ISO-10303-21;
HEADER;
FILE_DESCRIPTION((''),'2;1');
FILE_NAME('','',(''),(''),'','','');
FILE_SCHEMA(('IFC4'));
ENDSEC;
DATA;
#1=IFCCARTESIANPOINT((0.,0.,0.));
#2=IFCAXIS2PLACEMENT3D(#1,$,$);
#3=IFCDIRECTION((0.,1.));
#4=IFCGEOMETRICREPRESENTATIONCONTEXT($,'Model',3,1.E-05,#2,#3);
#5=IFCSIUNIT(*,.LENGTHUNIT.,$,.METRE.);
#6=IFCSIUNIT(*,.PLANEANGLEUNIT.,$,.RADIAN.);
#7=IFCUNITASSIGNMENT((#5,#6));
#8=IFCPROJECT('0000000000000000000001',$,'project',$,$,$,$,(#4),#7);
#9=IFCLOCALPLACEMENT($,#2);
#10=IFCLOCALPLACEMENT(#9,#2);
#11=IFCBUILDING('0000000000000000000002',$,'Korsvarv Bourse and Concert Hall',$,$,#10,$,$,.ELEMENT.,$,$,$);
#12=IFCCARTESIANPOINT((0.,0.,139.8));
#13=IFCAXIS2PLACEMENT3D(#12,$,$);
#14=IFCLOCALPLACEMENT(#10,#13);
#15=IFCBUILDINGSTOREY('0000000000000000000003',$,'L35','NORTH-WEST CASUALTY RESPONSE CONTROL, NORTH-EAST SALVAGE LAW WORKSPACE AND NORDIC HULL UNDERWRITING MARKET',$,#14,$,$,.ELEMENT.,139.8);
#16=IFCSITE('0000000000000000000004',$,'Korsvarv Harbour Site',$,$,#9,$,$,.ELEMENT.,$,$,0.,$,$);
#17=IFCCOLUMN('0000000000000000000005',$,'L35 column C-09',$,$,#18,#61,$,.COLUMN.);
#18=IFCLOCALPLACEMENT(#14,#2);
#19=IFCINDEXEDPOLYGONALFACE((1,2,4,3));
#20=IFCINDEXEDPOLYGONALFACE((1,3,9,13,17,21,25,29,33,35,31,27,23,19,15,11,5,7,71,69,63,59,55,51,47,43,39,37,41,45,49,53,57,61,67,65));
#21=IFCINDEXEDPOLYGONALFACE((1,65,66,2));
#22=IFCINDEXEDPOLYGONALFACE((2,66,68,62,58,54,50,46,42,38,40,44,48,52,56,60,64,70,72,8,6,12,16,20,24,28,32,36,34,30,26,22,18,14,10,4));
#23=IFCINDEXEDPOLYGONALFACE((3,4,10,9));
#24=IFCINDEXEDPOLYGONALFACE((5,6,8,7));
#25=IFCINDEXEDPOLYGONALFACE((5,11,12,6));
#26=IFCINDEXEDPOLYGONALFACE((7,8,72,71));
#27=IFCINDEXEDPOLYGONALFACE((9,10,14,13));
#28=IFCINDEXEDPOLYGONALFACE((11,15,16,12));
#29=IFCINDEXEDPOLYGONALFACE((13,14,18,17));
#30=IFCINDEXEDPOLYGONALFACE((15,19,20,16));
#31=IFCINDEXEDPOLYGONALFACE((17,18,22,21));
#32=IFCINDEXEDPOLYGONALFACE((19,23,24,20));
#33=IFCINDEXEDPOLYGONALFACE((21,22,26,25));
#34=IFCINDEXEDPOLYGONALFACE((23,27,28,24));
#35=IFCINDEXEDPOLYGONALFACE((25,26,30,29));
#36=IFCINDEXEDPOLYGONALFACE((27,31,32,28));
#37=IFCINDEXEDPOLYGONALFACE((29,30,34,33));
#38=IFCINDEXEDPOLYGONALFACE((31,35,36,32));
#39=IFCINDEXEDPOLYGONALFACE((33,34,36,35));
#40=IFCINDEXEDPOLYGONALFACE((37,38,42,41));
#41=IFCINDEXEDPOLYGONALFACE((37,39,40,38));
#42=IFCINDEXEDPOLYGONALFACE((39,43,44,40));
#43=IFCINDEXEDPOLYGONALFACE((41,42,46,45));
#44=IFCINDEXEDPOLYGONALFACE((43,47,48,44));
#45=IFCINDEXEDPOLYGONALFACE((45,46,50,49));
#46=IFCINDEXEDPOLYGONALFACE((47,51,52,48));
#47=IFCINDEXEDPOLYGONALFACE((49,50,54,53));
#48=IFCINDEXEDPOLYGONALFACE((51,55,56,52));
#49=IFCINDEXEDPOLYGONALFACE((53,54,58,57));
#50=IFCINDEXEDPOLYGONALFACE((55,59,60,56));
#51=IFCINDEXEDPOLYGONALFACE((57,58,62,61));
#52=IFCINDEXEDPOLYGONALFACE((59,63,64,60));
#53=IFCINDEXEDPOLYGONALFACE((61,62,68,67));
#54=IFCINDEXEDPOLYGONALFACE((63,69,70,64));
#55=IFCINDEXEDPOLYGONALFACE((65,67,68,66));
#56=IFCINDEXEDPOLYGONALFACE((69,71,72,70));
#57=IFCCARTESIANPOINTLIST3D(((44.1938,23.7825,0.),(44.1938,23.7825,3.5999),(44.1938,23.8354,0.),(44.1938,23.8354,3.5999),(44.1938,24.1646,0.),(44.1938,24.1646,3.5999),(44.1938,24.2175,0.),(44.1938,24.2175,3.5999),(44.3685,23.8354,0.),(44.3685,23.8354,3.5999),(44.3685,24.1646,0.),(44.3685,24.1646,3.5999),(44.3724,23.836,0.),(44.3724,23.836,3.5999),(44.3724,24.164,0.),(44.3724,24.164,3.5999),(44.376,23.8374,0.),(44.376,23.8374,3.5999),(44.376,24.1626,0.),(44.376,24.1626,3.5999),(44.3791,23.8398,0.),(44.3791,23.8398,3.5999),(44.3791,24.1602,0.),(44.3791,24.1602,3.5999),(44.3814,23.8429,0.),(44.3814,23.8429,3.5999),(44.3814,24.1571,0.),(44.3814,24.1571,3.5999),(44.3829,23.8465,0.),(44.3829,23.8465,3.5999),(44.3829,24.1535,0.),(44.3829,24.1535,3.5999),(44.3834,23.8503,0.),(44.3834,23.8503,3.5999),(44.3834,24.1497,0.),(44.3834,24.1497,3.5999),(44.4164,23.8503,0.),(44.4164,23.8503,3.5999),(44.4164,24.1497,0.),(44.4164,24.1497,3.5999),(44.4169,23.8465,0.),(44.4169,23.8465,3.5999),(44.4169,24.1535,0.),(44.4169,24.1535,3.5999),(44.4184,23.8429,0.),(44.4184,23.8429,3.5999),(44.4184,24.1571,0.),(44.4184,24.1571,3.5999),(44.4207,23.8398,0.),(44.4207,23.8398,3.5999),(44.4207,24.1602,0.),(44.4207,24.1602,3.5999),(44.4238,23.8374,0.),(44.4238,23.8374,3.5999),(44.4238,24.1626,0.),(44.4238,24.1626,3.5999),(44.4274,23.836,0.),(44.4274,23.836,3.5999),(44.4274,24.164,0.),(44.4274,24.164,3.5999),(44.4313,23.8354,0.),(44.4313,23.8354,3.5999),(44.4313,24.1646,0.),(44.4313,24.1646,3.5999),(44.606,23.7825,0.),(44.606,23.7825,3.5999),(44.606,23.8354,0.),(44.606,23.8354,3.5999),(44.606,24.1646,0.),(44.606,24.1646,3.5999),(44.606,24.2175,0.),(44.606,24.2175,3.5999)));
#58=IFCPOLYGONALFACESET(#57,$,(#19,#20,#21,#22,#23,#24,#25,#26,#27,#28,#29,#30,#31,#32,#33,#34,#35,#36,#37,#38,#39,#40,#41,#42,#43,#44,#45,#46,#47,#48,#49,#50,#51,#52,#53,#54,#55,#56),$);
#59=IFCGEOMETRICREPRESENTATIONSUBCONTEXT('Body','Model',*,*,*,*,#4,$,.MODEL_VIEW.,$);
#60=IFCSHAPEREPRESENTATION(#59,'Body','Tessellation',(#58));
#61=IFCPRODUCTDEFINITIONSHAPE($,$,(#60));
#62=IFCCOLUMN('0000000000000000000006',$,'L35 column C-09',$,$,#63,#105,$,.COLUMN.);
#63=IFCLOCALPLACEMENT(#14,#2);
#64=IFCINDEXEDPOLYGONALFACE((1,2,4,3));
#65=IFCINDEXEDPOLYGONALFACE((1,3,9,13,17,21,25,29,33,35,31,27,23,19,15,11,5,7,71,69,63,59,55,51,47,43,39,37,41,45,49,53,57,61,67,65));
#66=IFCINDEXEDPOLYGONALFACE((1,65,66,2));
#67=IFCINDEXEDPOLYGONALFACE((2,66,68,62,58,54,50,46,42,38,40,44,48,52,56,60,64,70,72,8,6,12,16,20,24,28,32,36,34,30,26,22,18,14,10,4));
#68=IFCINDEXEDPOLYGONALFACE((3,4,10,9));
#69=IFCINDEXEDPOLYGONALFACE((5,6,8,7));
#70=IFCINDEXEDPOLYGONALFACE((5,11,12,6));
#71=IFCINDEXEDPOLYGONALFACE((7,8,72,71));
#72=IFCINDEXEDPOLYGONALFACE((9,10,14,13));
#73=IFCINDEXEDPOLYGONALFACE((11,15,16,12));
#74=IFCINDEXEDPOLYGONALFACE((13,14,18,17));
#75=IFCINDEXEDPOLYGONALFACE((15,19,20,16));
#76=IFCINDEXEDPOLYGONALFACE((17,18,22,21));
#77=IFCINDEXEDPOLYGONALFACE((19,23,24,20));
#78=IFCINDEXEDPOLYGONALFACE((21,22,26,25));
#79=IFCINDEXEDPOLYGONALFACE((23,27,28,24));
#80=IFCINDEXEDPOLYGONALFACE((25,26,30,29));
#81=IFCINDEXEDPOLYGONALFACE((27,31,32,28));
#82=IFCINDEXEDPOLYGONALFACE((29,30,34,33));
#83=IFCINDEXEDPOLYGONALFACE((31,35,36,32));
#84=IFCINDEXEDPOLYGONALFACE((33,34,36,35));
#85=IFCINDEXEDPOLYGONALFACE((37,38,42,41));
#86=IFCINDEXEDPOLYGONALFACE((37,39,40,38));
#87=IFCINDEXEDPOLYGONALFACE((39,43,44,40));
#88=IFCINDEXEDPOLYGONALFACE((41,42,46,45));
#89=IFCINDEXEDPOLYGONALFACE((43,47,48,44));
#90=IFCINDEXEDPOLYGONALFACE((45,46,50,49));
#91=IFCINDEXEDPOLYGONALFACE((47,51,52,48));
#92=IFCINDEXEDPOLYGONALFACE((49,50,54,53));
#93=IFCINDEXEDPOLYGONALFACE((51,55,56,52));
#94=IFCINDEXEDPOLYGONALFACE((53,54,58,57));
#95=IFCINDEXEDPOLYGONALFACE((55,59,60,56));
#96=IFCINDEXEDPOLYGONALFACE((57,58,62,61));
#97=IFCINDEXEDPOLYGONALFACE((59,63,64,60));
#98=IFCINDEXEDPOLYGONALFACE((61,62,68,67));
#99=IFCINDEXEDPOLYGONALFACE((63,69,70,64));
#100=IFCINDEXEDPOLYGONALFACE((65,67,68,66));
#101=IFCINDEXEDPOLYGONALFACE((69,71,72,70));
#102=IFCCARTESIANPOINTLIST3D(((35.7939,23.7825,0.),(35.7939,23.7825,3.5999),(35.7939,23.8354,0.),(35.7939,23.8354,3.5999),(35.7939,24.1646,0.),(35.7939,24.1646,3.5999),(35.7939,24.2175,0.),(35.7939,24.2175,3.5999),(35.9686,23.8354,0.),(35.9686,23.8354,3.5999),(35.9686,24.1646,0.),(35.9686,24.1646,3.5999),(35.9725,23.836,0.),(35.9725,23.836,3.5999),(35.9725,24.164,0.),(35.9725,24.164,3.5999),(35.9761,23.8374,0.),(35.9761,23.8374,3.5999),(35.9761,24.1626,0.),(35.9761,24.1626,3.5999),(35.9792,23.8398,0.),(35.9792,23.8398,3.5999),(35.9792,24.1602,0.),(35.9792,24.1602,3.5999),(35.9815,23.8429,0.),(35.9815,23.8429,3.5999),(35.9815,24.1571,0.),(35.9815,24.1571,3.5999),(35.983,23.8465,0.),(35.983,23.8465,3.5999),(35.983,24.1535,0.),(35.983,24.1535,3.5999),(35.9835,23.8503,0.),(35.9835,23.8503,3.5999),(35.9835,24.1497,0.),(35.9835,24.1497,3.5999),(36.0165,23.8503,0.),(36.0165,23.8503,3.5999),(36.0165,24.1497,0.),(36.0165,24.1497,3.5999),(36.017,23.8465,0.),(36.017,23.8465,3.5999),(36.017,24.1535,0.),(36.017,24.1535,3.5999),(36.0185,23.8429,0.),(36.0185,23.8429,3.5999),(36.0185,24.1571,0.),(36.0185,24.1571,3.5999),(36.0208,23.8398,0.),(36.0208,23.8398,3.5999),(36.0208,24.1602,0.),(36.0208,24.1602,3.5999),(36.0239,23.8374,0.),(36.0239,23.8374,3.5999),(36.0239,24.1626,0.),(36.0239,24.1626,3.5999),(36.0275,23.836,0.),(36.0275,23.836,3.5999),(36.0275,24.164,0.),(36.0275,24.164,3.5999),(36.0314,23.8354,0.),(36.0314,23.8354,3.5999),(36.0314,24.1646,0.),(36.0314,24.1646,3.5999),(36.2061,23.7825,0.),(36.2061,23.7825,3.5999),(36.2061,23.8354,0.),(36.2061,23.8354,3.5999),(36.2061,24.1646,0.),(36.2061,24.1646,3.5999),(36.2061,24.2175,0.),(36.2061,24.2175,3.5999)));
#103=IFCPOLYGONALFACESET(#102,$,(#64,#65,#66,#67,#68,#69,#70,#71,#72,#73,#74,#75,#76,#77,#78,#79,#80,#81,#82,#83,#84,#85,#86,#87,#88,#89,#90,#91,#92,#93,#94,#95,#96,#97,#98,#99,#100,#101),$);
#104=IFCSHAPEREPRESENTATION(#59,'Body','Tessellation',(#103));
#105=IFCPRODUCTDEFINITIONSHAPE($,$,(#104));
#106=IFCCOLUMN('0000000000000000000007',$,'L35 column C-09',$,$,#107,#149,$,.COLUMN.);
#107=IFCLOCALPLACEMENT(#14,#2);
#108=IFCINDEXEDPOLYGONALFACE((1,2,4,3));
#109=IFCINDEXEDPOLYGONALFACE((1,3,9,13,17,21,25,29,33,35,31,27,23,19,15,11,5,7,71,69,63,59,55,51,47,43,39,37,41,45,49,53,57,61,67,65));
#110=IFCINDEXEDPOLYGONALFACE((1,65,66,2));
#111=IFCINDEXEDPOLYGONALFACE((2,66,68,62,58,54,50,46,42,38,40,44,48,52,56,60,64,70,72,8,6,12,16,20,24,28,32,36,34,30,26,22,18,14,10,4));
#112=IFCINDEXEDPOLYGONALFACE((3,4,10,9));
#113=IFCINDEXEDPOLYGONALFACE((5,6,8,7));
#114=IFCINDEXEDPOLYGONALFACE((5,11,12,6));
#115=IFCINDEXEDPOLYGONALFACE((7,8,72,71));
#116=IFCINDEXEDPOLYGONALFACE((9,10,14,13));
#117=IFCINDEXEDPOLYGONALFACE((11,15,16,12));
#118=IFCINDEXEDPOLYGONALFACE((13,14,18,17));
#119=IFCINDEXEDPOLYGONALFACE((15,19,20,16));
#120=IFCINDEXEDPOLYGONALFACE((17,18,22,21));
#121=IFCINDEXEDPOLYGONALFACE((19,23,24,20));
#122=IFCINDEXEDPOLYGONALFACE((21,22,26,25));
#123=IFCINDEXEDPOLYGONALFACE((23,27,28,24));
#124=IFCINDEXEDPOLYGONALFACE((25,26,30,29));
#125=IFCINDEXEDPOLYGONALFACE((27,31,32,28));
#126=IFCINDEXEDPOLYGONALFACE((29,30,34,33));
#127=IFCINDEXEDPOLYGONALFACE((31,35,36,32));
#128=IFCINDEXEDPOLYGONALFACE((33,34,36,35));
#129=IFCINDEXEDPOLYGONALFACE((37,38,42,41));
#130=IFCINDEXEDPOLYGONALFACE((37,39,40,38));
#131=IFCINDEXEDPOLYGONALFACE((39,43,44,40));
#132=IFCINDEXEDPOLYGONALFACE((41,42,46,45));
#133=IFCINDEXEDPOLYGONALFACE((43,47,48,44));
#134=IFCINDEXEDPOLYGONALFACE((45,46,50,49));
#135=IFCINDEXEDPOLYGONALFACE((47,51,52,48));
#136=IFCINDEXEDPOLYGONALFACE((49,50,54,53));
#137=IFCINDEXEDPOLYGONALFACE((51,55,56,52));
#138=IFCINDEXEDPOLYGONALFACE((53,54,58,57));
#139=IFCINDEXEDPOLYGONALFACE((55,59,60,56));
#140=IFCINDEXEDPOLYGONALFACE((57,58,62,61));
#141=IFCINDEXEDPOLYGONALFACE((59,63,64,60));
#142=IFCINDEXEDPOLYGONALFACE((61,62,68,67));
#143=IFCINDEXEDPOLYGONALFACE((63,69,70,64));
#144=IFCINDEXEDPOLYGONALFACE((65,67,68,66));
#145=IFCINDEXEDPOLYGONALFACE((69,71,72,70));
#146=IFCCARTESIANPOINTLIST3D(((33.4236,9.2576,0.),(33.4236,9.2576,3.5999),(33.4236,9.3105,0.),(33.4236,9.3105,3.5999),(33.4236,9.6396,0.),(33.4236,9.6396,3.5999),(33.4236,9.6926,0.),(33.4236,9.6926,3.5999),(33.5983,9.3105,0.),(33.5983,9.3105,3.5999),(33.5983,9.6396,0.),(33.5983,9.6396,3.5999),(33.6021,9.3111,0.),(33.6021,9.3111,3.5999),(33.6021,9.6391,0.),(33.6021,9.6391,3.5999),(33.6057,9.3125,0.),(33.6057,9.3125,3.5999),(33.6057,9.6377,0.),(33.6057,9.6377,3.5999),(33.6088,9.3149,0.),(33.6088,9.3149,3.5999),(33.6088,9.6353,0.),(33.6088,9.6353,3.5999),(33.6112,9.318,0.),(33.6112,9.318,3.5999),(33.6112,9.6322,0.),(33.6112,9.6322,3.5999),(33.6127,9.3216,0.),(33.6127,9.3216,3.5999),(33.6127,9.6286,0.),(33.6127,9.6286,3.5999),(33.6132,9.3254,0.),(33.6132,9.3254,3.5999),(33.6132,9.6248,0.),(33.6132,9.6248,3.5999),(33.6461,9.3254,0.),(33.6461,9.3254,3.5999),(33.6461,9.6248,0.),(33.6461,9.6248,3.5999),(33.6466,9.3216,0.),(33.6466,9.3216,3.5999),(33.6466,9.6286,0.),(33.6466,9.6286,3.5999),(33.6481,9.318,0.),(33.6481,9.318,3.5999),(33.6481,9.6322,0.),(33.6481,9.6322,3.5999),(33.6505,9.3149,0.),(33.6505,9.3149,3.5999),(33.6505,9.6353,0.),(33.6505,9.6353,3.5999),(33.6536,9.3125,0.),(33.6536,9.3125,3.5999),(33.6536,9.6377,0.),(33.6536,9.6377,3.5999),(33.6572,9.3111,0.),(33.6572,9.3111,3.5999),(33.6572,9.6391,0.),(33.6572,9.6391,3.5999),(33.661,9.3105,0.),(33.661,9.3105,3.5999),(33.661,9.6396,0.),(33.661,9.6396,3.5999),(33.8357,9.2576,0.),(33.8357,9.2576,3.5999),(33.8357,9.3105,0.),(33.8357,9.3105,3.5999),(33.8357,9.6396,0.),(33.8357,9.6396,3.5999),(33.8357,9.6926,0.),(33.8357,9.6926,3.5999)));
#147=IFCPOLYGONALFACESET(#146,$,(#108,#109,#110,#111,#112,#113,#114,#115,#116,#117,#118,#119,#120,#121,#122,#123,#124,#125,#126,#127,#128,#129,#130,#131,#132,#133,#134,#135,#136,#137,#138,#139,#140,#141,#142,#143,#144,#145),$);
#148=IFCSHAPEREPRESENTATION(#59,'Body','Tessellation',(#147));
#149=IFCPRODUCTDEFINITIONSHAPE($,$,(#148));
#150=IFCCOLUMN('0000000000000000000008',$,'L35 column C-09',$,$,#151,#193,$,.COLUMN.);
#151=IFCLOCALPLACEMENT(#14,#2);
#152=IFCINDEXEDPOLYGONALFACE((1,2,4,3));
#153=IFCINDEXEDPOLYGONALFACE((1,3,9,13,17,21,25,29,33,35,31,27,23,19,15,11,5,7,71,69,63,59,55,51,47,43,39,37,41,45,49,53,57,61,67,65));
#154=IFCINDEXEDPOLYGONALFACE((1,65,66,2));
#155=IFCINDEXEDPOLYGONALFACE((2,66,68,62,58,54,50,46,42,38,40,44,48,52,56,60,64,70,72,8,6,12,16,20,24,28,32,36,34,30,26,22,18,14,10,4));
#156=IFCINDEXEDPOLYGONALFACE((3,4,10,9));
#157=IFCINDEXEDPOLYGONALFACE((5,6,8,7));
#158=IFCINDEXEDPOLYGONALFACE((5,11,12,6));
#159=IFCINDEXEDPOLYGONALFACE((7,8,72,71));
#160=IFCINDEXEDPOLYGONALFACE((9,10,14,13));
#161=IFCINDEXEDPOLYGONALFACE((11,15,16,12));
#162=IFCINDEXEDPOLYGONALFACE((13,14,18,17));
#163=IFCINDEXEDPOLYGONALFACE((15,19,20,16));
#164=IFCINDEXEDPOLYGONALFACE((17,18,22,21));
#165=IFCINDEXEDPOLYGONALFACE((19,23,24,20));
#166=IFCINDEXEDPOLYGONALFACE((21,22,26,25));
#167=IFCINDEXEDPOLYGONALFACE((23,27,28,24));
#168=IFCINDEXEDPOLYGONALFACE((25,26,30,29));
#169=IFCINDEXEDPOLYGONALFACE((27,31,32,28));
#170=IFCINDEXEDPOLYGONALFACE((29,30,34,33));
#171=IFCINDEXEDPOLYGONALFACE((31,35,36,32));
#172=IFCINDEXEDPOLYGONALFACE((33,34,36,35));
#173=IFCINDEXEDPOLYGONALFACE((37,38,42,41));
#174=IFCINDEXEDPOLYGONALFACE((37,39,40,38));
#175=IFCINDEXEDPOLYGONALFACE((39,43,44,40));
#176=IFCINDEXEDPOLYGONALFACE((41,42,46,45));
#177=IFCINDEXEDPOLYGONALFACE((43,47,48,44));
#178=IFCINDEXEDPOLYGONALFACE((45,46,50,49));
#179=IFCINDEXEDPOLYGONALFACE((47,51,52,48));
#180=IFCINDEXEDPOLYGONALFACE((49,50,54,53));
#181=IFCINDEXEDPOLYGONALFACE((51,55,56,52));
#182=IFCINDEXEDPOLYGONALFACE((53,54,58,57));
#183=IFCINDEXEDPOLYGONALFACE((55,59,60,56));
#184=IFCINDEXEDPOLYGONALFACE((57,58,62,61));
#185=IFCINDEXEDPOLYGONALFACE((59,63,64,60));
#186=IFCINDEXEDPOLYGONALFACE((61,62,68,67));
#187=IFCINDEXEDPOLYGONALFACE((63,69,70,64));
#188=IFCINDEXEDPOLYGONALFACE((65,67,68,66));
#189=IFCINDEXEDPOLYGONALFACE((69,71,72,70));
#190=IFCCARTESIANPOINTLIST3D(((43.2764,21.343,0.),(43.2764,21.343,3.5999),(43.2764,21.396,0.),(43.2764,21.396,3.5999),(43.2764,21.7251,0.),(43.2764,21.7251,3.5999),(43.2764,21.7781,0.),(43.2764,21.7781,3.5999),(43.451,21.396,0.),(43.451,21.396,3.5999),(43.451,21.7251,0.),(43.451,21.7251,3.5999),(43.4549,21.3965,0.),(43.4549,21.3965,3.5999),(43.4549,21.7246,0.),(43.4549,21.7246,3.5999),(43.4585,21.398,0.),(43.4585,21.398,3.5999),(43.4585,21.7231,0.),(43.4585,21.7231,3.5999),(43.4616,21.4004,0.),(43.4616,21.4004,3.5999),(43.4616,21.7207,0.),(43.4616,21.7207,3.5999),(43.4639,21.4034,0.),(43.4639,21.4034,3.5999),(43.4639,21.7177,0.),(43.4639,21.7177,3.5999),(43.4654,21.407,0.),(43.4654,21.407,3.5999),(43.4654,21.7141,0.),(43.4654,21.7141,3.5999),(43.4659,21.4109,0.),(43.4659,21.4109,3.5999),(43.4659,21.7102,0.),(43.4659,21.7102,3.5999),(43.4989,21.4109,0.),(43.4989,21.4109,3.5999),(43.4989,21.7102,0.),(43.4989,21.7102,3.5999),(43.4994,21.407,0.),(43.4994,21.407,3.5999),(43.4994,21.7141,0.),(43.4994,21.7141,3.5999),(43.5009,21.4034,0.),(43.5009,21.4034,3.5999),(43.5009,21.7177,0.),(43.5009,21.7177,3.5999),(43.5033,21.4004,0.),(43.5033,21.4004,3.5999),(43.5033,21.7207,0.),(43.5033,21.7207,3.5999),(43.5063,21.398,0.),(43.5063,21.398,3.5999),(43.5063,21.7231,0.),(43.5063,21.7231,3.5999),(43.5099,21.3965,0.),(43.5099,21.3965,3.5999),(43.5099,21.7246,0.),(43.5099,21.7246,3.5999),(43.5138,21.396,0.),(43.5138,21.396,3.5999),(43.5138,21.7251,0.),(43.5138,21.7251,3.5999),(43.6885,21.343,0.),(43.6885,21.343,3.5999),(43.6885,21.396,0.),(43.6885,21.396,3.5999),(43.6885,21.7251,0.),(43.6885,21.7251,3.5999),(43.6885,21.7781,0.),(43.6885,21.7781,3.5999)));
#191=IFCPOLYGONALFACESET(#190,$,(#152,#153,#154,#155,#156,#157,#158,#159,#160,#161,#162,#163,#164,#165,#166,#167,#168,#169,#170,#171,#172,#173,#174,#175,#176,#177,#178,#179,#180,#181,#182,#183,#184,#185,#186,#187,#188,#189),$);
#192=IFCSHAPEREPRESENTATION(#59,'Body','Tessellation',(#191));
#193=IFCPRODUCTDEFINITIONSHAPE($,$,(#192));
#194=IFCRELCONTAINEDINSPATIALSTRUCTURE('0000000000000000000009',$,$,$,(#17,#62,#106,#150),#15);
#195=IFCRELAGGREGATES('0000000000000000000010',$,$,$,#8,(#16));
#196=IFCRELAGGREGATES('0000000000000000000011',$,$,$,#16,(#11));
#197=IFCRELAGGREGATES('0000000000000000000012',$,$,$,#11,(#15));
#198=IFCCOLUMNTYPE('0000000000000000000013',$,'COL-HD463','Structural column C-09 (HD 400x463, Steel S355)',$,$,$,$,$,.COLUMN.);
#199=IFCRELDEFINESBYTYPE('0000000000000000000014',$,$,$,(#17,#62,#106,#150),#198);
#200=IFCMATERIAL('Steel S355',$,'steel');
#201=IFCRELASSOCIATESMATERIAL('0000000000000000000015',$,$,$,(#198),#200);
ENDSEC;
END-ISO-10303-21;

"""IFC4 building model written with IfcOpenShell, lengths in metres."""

from ifc_helpers import new_model, si_unit, direction, frame, origin, origin_2d, place, context, subcontext, project, spatial, i_section, extrude, source, transform, mapped, material, material_profile, profile_set, type_object, element, save


model = new_model("IFC4")

# Units and contexts
model_context = context("Model", 3, precision=1e-05, world=origin(), true_north=direction((0.0, 1.0)))
body_context = subcontext(model_context, "Body", "Model", "MODEL_VIEW")
ifc_project = project(units=[si_unit("LENGTHUNIT", "METRE"), si_unit("PLANEANGLEUNIT", "RADIAN")], contexts=[model_context])

# Site, building, storey
site_placement = place(None, origin())
site = spatial("IfcSite", under=ifc_project, at=site_placement, Name="Korsvarv Harbour Site", CompositionType="ELEMENT", RefElevation=0.0)
building_placement = place(site_placement, origin())
building = spatial("IfcBuilding", under=site, at=building_placement, Name="Korsvarv Bourse and Concert Hall", CompositionType="ELEMENT")
storey_placement = place(building_placement, frame((0.0, 0.0, 139.8)))
storey = spatial("IfcBuildingStorey", under=building, at=storey_placement, Name="L35", Description="NORTH-WEST CASUALTY RESPONSE CONTROL, NORTH-EAST SALVAGE LAW WORKSPACE AND NORDIC HULL UNDERWRITING MARKET", CompositionType="ELEMENT", Elevation=139.8)

# Columns
ifc_material_1 = material(Name="Steel S355", Category="steel")
ifc_material_profile_1 = material_profile(ifc_material_1, i_section(OverallWidth=0.4121, OverallDepth=0.4351, WebThickness=0.033, FlangeThickness=0.053, FilletRadius=0.0149, at=origin_2d()), Name="HD 400x463")
ifc_profile_set_1 = profile_set([ifc_material_profile_1], Name="Steel S355")
column_type = type_object("IfcColumnType", Name="COL-HD463", Description="Structural column C-09 (HD 400x463, Steel S355)", PredefinedType="COLUMN", material=ifc_profile_set_1)
shared_shape_1 = source(origin(), body_context, "Body", "SweptSolid", [
    extrude(i_section(OverallWidth=0.4121, OverallDepth=0.4351, WebThickness=0.033, FlangeThickness=0.053, FilletRadius=0.0149, at=origin_2d()), origin(), (0.0, 0.0, 1.0), 3.5999),
])
for number, where, z_axis, x_axis, name in (
    (1, (44.3999, 24.0, 0.0), (0.0, 0.0, 1.0), (1.0, 0.0, 0.0), "L35 column C-09"),
    (2, (36.0, 24.0, 0.0), (0.0, 0.0, 1.0), (1.0, 0.0, 0.0), "L35 column C-09"),
    (3, (33.6296, 9.4751, 0.0), (0.0, 0.0, 1.0), (1.0, 0.0, 0.0), "L35 column C-09"),
    (4, (43.4824, 21.5605, 0.0), (0.0, 0.0, 1.0), (1.0, 0.0, 0.0), "L35 column C-09"),
):
    element("IfcColumn", number, at=place(storey_placement, frame(where, z_axis=z_axis, x_axis=x_axis)), inside=storey, type_object=column_type, Name=name, PredefinedType="COLUMN", context=body_context, shape_type="MappedRepresentation", body=[
        mapped(shared_shape_1, transform((0.0, 0.0, 0.0), scale=1.0)),
    ])

save(model, "model.ifc")
